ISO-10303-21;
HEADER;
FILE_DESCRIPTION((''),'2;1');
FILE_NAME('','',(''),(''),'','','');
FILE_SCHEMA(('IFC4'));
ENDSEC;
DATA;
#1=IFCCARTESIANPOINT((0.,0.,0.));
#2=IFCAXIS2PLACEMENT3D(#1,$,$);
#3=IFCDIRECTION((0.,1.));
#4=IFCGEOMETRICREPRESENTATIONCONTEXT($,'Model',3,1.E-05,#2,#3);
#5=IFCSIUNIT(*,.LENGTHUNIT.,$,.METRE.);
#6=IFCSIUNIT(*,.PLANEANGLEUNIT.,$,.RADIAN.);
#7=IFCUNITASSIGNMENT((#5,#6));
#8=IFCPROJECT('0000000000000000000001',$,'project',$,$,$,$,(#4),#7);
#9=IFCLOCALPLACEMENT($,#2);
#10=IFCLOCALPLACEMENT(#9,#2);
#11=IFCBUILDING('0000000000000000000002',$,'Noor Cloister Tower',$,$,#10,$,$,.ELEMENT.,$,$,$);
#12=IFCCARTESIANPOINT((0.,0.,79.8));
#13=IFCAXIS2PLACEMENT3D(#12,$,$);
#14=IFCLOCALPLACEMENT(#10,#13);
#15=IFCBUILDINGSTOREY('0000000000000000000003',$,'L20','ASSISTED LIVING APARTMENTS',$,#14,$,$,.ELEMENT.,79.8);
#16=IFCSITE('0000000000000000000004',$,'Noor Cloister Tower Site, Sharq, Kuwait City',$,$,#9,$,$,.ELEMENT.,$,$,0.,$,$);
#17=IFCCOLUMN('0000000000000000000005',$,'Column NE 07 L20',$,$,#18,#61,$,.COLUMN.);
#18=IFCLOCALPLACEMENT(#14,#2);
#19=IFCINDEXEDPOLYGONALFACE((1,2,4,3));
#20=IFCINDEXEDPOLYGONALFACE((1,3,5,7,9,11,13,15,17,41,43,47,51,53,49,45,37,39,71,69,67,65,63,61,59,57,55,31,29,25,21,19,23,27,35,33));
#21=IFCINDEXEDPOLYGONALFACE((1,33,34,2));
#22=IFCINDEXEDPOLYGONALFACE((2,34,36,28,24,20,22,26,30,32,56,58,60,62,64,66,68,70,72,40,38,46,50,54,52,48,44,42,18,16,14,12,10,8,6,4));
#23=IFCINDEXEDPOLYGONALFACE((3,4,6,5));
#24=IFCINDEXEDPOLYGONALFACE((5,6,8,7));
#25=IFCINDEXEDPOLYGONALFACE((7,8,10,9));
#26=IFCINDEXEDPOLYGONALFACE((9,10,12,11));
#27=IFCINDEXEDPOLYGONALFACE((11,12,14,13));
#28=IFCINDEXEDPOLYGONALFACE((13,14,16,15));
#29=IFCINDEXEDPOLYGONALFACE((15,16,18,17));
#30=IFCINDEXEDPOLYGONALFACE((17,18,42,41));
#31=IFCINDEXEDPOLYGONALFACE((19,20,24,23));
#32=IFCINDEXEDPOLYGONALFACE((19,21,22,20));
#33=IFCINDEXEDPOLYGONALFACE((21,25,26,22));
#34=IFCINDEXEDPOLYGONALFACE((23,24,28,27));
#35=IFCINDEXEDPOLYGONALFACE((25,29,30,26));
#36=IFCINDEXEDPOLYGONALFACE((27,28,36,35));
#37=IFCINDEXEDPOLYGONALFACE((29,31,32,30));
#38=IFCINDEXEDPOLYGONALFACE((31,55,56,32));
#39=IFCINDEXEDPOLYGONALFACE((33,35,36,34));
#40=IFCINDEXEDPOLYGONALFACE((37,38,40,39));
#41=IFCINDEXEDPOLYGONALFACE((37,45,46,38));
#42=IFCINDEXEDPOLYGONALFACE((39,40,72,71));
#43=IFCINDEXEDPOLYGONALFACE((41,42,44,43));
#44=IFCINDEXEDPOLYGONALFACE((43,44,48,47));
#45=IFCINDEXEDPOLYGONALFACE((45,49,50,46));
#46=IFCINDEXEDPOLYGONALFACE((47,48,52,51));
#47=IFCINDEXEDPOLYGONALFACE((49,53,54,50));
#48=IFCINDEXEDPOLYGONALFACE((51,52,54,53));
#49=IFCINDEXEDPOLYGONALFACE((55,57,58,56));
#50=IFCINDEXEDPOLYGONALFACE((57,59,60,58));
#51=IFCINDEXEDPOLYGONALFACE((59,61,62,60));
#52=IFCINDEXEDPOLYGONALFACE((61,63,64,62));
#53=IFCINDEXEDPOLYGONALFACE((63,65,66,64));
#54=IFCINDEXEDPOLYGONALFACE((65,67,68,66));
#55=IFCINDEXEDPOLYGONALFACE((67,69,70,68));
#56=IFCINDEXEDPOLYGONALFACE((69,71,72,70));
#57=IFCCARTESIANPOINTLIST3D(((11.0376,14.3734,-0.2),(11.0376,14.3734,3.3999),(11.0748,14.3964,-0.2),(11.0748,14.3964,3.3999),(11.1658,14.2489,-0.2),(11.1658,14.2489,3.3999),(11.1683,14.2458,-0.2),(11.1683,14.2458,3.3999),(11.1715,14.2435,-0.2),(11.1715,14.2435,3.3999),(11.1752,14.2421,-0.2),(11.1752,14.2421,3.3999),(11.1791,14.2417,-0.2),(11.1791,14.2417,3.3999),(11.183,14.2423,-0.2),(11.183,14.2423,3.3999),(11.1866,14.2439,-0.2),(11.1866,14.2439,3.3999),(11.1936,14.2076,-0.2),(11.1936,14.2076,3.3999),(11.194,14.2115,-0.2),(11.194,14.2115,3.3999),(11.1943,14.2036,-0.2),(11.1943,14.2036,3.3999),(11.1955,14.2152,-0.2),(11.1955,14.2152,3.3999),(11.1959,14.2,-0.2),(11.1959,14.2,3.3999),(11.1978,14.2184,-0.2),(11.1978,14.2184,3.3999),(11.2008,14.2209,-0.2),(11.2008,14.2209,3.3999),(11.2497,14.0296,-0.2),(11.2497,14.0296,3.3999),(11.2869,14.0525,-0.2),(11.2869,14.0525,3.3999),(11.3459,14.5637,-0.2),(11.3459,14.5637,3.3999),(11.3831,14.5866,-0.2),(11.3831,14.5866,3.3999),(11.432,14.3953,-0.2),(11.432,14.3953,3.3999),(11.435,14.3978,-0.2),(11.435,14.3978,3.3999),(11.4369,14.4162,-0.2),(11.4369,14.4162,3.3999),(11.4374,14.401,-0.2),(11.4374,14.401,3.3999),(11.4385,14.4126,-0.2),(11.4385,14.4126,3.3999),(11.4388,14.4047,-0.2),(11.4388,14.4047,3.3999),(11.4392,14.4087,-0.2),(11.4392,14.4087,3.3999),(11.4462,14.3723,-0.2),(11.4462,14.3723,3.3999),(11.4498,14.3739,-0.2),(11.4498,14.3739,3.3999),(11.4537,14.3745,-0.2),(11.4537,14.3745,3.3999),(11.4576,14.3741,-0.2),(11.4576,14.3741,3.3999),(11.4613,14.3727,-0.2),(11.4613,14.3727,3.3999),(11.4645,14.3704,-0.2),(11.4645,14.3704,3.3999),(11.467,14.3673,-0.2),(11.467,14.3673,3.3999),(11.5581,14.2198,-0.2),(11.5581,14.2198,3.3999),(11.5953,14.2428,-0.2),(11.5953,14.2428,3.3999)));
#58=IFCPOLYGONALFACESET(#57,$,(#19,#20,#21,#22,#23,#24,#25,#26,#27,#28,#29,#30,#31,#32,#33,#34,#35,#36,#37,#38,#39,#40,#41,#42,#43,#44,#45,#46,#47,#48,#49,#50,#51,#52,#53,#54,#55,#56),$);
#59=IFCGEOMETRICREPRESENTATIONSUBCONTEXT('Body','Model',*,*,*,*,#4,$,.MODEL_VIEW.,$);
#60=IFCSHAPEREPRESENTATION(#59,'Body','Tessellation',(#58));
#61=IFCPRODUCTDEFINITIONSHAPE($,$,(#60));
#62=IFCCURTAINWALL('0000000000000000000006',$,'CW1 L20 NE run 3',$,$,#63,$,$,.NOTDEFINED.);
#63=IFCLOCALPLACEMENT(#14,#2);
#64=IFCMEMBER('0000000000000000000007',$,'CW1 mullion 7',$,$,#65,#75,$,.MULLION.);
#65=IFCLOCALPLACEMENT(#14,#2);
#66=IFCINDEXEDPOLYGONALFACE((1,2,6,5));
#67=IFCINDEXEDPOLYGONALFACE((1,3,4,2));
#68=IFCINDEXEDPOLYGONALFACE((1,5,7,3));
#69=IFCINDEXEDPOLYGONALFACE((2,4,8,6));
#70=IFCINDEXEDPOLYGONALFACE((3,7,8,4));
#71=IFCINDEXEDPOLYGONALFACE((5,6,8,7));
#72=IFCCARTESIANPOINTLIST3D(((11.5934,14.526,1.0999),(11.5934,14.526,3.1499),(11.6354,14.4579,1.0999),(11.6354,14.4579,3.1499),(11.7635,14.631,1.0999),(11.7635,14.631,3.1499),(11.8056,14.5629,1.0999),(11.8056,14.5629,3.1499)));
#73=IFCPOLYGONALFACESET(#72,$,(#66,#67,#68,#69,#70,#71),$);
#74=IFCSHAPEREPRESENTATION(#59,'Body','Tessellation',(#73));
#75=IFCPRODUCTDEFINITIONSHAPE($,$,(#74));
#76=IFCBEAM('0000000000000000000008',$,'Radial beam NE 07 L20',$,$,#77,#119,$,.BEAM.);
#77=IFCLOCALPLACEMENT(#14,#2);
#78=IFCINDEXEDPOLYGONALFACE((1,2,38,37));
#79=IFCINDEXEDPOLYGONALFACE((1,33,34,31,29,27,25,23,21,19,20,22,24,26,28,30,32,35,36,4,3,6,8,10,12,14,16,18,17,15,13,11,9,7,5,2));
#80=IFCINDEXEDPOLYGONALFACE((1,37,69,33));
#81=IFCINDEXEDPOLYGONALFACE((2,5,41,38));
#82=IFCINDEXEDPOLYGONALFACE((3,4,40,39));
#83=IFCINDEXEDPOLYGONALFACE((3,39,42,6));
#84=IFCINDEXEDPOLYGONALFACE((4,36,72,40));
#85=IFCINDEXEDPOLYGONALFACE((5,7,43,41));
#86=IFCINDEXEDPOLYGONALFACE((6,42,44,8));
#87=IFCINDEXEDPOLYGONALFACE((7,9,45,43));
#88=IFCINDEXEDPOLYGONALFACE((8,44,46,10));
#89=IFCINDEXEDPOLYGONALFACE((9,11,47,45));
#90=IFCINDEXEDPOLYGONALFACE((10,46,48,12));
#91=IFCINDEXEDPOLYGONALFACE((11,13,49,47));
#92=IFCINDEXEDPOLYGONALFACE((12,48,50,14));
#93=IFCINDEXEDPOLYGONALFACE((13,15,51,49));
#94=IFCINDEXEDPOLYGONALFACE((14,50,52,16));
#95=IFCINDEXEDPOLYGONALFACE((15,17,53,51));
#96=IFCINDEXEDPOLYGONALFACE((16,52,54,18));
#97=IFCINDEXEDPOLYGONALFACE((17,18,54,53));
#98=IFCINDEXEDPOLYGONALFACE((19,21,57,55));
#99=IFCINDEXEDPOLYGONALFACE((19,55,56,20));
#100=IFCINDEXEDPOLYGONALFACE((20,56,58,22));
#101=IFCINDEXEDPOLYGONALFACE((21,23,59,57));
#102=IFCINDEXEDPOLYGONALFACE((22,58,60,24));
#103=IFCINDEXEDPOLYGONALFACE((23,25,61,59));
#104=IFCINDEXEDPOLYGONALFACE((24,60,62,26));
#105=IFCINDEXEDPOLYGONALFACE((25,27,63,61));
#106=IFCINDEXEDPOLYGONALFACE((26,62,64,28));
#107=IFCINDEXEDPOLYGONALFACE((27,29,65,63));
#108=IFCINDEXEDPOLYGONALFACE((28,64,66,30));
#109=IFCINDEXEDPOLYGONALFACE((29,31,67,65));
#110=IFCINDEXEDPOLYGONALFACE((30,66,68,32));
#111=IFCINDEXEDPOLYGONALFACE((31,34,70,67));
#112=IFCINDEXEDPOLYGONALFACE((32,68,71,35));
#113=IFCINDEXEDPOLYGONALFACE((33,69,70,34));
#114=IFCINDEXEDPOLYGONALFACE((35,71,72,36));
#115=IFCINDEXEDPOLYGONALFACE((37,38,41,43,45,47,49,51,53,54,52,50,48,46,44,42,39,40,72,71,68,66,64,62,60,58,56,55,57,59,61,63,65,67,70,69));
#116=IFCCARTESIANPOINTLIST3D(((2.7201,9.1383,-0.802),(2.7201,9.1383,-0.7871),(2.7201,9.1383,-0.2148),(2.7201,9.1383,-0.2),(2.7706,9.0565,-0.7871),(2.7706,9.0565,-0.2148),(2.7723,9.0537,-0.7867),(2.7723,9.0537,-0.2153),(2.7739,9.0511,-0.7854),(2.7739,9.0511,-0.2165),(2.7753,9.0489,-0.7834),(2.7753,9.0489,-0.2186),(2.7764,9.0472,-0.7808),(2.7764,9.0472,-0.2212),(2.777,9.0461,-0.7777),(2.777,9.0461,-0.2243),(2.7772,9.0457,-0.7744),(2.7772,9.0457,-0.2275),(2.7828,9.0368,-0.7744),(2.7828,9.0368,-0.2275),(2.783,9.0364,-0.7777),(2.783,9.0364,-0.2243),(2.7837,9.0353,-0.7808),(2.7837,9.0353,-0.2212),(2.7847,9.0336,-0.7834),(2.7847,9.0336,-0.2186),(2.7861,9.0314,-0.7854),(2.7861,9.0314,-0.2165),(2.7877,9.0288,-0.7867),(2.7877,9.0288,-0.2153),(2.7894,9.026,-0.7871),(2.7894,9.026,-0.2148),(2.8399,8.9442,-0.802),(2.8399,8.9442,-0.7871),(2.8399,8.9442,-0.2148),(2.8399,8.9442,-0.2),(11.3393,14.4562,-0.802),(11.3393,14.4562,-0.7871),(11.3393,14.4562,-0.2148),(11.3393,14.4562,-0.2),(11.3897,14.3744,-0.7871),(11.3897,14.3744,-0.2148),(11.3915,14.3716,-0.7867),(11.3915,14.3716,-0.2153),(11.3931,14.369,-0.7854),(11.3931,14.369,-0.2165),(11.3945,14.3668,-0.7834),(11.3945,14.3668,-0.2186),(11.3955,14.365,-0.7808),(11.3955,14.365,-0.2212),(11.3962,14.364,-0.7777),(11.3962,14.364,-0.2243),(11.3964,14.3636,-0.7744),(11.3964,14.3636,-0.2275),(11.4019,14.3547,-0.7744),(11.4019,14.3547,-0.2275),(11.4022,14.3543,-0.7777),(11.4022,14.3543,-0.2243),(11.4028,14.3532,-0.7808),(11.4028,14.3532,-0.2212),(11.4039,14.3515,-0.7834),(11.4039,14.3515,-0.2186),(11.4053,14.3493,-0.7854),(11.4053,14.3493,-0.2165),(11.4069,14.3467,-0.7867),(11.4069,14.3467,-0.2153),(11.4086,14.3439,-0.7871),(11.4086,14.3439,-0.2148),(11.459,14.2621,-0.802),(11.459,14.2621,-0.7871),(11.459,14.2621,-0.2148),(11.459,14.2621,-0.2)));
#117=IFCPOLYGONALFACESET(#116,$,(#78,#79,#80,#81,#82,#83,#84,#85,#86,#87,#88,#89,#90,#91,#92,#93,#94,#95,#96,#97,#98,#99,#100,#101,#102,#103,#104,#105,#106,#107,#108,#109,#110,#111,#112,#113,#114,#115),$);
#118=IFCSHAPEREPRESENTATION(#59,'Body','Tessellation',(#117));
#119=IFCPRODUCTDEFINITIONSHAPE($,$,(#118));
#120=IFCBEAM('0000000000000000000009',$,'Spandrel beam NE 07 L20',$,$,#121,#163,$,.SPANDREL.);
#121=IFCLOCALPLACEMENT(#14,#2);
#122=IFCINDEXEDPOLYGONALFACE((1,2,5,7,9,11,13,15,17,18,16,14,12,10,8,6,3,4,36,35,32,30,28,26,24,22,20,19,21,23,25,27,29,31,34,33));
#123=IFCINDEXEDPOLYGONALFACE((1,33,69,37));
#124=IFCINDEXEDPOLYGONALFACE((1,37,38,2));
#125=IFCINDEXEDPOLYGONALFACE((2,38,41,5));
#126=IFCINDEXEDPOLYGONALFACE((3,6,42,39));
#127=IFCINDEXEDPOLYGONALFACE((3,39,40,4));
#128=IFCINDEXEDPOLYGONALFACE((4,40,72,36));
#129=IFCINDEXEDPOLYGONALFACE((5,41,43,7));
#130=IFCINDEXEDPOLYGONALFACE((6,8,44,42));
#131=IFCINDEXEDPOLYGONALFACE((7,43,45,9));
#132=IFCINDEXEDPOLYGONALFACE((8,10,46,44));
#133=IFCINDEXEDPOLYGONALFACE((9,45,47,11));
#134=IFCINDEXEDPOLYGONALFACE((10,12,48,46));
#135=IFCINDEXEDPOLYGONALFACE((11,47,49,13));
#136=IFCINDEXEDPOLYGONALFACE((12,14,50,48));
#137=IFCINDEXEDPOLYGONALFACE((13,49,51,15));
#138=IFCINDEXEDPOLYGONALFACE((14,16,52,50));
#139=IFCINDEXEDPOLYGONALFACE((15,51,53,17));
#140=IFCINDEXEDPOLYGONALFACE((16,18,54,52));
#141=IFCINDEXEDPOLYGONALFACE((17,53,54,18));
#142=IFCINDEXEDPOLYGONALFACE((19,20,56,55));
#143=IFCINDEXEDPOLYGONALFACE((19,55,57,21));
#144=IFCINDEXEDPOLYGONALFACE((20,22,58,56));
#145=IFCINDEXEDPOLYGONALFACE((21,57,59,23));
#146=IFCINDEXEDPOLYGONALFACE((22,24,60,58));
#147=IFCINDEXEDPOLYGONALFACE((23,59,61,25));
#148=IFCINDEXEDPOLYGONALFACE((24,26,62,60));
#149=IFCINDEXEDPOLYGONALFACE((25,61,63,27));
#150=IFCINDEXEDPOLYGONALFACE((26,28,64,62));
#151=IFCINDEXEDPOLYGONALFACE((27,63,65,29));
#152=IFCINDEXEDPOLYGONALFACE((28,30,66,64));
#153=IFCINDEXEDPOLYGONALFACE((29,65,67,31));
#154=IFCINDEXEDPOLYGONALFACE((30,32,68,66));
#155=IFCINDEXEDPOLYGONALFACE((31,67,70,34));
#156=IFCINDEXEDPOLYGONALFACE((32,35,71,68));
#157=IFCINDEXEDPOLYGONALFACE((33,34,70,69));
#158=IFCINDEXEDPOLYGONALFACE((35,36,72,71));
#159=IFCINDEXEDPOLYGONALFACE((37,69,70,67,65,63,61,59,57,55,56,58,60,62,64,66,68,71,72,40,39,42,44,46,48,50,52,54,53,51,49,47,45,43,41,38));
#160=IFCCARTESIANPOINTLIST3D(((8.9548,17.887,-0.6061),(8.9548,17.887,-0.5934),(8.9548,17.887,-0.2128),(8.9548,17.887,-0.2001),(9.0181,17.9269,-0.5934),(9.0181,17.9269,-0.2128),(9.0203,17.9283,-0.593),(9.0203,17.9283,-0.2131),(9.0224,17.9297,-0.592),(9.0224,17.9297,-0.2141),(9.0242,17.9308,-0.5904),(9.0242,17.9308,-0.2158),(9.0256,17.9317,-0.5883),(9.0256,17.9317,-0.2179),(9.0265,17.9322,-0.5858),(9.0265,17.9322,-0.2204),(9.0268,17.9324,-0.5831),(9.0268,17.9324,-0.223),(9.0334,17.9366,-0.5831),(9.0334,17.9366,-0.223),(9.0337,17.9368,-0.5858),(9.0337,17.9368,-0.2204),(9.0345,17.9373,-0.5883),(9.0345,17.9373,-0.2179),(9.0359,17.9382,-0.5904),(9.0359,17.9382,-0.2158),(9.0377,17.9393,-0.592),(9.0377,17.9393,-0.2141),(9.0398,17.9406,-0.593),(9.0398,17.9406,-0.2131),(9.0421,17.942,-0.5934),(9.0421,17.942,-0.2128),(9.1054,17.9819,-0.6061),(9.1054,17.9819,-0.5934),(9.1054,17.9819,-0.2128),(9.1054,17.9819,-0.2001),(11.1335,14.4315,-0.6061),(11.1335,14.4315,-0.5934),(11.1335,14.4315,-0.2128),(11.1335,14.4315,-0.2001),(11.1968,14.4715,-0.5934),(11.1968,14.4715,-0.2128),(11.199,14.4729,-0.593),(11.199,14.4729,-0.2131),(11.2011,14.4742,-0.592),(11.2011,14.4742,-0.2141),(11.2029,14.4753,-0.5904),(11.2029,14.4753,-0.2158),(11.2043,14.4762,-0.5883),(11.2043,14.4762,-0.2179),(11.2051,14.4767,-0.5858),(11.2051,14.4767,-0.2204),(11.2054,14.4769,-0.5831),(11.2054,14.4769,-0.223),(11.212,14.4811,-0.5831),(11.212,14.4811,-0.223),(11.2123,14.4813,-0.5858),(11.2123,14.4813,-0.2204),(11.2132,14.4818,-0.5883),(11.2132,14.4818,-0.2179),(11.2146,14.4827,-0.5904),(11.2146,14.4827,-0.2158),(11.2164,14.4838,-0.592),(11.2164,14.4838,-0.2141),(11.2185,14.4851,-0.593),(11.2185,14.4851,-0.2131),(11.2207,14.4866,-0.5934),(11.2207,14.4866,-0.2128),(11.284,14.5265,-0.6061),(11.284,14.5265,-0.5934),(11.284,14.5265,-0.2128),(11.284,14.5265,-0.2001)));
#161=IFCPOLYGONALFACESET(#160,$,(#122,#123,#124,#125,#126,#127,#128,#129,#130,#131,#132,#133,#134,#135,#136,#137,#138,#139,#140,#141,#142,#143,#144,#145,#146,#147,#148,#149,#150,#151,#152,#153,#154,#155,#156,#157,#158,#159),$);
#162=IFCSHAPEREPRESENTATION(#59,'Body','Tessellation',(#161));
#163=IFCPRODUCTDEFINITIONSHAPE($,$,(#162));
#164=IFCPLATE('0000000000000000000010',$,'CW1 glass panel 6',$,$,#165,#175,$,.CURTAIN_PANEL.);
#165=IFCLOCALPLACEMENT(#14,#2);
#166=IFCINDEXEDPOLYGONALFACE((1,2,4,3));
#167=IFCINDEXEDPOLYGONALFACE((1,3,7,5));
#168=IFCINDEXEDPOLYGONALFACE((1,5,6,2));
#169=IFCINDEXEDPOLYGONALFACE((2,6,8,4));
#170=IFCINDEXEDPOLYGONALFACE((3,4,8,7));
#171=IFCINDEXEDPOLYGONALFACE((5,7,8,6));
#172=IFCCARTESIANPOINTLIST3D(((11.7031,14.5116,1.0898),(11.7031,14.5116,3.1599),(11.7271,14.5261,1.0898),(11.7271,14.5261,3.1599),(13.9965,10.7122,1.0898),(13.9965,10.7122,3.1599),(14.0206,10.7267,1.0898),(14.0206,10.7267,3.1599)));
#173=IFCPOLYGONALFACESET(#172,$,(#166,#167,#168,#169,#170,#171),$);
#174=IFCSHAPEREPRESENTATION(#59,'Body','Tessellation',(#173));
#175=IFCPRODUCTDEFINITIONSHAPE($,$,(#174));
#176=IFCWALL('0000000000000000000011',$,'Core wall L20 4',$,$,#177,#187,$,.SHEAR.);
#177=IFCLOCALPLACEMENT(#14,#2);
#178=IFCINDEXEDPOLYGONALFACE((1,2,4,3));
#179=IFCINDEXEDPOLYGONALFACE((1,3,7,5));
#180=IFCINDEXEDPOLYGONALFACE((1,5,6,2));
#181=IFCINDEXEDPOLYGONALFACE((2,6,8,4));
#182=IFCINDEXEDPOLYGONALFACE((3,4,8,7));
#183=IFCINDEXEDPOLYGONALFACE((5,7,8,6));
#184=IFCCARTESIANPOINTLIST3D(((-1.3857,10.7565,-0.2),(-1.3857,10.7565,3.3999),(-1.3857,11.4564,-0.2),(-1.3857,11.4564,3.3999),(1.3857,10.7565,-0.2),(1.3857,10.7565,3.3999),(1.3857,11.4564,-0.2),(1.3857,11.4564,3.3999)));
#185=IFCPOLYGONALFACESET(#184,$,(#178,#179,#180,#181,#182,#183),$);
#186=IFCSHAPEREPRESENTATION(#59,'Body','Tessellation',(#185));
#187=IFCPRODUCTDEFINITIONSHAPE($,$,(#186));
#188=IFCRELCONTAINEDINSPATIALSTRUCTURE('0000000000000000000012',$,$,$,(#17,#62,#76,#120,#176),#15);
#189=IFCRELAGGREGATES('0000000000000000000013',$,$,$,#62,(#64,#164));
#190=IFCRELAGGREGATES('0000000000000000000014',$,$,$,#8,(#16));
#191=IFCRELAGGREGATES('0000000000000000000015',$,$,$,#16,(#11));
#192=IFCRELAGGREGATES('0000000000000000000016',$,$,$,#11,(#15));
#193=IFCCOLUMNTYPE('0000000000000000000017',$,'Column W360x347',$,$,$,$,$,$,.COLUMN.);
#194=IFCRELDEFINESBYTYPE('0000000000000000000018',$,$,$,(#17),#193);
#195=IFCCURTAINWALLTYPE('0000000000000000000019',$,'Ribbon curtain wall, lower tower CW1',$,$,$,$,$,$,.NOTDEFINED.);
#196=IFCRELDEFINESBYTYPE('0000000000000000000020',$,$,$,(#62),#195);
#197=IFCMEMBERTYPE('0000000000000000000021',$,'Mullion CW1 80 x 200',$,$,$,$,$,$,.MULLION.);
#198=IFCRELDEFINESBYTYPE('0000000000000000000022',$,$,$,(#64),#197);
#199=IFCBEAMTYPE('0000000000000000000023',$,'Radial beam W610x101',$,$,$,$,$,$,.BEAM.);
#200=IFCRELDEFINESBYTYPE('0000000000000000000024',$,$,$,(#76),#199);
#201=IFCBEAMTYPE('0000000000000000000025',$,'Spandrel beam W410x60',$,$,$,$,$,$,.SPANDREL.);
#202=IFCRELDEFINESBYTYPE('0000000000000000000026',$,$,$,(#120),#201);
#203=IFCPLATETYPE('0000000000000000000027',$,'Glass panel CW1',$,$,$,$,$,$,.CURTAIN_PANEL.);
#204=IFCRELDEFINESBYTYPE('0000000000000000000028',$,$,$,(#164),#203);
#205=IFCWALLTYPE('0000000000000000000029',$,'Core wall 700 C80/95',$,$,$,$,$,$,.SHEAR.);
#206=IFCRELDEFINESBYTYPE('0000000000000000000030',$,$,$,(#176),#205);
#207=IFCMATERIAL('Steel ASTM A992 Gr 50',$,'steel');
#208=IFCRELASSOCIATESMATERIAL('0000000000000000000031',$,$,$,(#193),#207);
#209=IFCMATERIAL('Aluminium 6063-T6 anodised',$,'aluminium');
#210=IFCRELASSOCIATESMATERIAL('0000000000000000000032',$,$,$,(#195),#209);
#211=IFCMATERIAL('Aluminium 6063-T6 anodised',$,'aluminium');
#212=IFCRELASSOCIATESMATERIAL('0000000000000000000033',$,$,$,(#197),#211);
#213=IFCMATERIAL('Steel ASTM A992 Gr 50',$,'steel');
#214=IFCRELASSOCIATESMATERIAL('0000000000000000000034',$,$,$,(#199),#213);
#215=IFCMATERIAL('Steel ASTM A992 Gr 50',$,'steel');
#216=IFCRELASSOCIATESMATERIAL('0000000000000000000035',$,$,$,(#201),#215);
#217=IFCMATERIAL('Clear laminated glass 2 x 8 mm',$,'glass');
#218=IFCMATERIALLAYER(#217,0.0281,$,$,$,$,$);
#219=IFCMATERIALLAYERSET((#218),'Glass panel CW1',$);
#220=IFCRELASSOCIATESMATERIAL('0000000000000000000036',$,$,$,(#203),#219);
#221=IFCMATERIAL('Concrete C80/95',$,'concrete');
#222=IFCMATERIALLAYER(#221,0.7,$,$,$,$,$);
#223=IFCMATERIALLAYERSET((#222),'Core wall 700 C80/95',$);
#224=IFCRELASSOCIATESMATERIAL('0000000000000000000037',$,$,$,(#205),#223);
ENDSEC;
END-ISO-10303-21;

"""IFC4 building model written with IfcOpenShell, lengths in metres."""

from ifc_helpers import new_model, si_unit, direction, frame, frame_2d, origin, origin_2d, place, context, subcontext, project, spatial, rectangle, i_section, extrude, material, layer, layer_set, material_profile, profile_set, type_object, element, aggregate, save


model = new_model("IFC4")

# Units and contexts
model_context = context("Model", 3, precision=1e-05, world=origin(), true_north=direction((0.0, 1.0)))
body_context = subcontext(model_context, "Body", "Model", "MODEL_VIEW")
ifc_project = project(units=[si_unit("LENGTHUNIT", "METRE"), si_unit("PLANEANGLEUNIT", "RADIAN")], contexts=[model_context])

# Site, building, storey
site_placement = place(None, origin())
site = spatial("IfcSite", under=ifc_project, at=site_placement, Name="Noor Cloister Tower Site, Sharq, Kuwait City", CompositionType="ELEMENT", RefElevation=0.0)
building_placement = place(site_placement, origin())
building = spatial("IfcBuilding", under=site, at=building_placement, Name="Noor Cloister Tower", CompositionType="ELEMENT")
storey_placement = place(building_placement, frame((0.0, 0.0, 79.8)))
storey = spatial("IfcBuildingStorey", under=building, at=storey_placement, Name="L20", Description="ASSISTED LIVING APARTMENTS", CompositionType="ELEMENT", Elevation=79.8)

# Column
ifc_material_1 = material(Name="Steel ASTM A992 Gr 50", Category="steel")
ifc_material_profile_1 = material_profile(ifc_material_1, i_section(OverallWidth=0.4041, OverallDepth=0.406, WebThickness=0.0271, FlangeThickness=0.0437, FilletRadius=0.0151, at=origin_2d()), Name="W360x347")
ifc_profile_set_1 = profile_set([ifc_material_profile_1], Name="Steel ASTM A992 Gr 50")
column_type = type_object("IfcColumnType", Name="Column W360x347", PredefinedType="COLUMN", material=ifc_profile_set_1)
column_placement = place(storey_placement, frame((11.3164, 14.3081, -0.2), z_axis=(0.0, 0.0, 1.0), x_axis=(-0.525088, 0.851048, 0.0)))
element("IfcColumn", 1, at=column_placement, inside=storey, type_object=column_type, Name="Column NE 07 L20", PredefinedType="COLUMN", context=body_context, shape_type="SweptSolid", body=[
    extrude(i_section(OverallWidth=0.4041, OverallDepth=0.406, WebThickness=0.0271, FlangeThickness=0.0437, FilletRadius=0.0151, at=origin_2d()), origin(), (0.0, 0.0, 1.0), 3.5999),
])

# Curtain wall, member
ifc_material_2 = material(Name="Aluminium 6063-T6 anodised", Category="aluminium")
curtain_wall_type = type_object("IfcCurtainWallType", Name="Ribbon curtain wall, lower tower CW1", PredefinedType="NOTDEFINED", material=ifc_material_2)
curtain_wall_placement = place(storey_placement, origin())
curtain_wall = element("IfcCurtainWall", 2, at=curtain_wall_placement, inside=storey, type_object=curtain_wall_type, Name="CW1 L20 NE run 3", PredefinedType="NOTDEFINED")
ifc_material_3 = material(Name="Aluminium 6063-T6 anodised", Category="aluminium")
ifc_material_profile_2 = material_profile(ifc_material_3, rectangle(XDim=0.2, YDim=0.0801, at=origin_2d()), Name="200 x 80 mullion")
ifc_profile_set_2 = profile_set([ifc_material_profile_2], Name="Aluminium 6063-T6 anodised")
member_type = type_object("IfcMemberType", Name="Mullion CW1 80 x 200", PredefinedType="MULLION", material=ifc_profile_set_2)
member_placement = place(storey_placement, frame((11.6995, 14.5444, 1.0999), z_axis=(0.0, 0.0, 1.0), x_axis=(-0.851048, -0.525088, 0.0)))
member = element("IfcMember", 3, at=member_placement, type_object=member_type, Name="CW1 mullion 7", PredefinedType="MULLION", context=body_context, shape_type="SweptSolid", body=[
    extrude(rectangle(XDim=0.2, YDim=0.0801, at=origin_2d()), origin(), (0.0, 0.0, 1.0), 2.05),
])

# Beams
ifc_material_4 = material(Name="Steel ASTM A992 Gr 50", Category="steel")
ifc_material_profile_3 = material_profile(ifc_material_4, i_section(OverallWidth=0.228, OverallDepth=0.6021, WebThickness=0.0105, FlangeThickness=0.0149, FilletRadius=0.0127, at=origin_2d()), Name="W610x101")
ifc_profile_set_3 = profile_set([ifc_material_profile_3], Name="Steel ASTM A992 Gr 50")
beam_type_1 = type_object("IfcBeamType", Name="Radial beam W610x101", PredefinedType="BEAM", material=ifc_profile_set_3)
beam_1_placement = place(storey_placement, frame((11.3992, 14.3591, -0.501), z_axis=(-0.85105, -0.525084, 0.0), x_axis=(0.525084, -0.85105, 0.0)))
element("IfcBeam", 4, at=beam_1_placement, inside=storey, type_object=beam_type_1, Name="Radial beam NE 07 L20", PredefinedType="BEAM", context=body_context, shape_type="SweptSolid", body=[
    extrude(i_section(OverallWidth=0.228, OverallDepth=0.6021, WebThickness=0.0105, FlangeThickness=0.0149, FilletRadius=0.0127, at=origin_2d()), origin(), (0.0, 0.0, 1.0), 10.1277),
])
ifc_material_5 = material(Name="Steel ASTM A992 Gr 50", Category="steel")
ifc_material_profile_4 = material_profile(ifc_material_5, i_section(OverallWidth=0.178, OverallDepth=0.406, WebThickness=0.0078, FlangeThickness=0.0127, FilletRadius=0.0103, at=origin_2d()), Name="W410x60")
ifc_profile_set_4 = profile_set([ifc_material_profile_4], Name="Steel ASTM A992 Gr 50")
beam_type_2 = type_object("IfcBeamType", Name="Spandrel beam W410x60", PredefinedType="SPANDREL", material=ifc_profile_set_4)
beam_2_placement = place(storey_placement, frame((11.2087, 14.479, -0.4031), z_axis=(-0.533336, 0.845903, 0.0), x_axis=(-0.845903, -0.533336, 0.0)))
element("IfcBeam", 5, at=beam_2_placement, inside=storey, type_object=beam_type_2, Name="Spandrel beam NE 07 L20", PredefinedType="SPANDREL", context=body_context, shape_type="SweptSolid", body=[
    extrude(i_section(OverallWidth=0.178, OverallDepth=0.406, WebThickness=0.0078, FlangeThickness=0.0127, FilletRadius=0.0103, at=origin_2d()), origin(), (0.0, 0.0, 1.0), 4.085),
])

# Plate
ifc_material_6 = material(Name="Clear laminated glass 2 x 8 mm", Category="glass")
ifc_layer_1 = layer(ifc_material_6, 0.0281)
ifc_layer_set_1 = layer_set([ifc_layer_1], Name="Glass panel CW1")
plate_type = type_object("IfcPlateType", Name="Glass panel CW1", PredefinedType="CURTAIN_PANEL", material=ifc_layer_set_1)
plate_placement = place(storey_placement, frame((12.8618, 12.6191, 1.0898), z_axis=(0.0, 0.0, 1.0), x_axis=(-0.516774, 0.856122, 0.0)))
plate = element("IfcPlate", 6, at=plate_placement, type_object=plate_type, Name="CW1 glass panel 6", PredefinedType="CURTAIN_PANEL", context=body_context, shape_type="SweptSolid", body=[
    extrude(rectangle(XDim=4.438, YDim=0.0281, at=origin_2d()), origin(), (0.0, 0.0, 1.0), 2.0701),
])
aggregate(curtain_wall, [member, plate])

# Wall
ifc_material_7 = material(Name="Concrete C80/95", Category="concrete")
ifc_layer_2 = layer(ifc_material_7, 0.7)
ifc_layer_set_2 = layer_set([ifc_layer_2], Name="Core wall 700 C80/95")
wall_type_1 = type_object("IfcWallType", Name="Core wall 700 C80/95", PredefinedType="SHEAR", material=ifc_layer_set_2)
wall_1_placement = place(storey_placement, frame((1.3857, 11.1064, -0.2), z_axis=(0.0, 0.0, 1.0), x_axis=(-1.0, 0.0, 0.0)))
element("IfcWall", 7, at=wall_1_placement, inside=storey, type_object=wall_type_1, Name="Core wall L20 4", PredefinedType="SHEAR", context=body_context, shape_type="SweptSolid", body=[
    extrude(rectangle(XDim=2.7715, YDim=0.7, at=frame_2d((1.3857, 0.0))), origin(), (0.0, 0.0, 1.0), 3.5999),
])

save(model, "model.ifc")
